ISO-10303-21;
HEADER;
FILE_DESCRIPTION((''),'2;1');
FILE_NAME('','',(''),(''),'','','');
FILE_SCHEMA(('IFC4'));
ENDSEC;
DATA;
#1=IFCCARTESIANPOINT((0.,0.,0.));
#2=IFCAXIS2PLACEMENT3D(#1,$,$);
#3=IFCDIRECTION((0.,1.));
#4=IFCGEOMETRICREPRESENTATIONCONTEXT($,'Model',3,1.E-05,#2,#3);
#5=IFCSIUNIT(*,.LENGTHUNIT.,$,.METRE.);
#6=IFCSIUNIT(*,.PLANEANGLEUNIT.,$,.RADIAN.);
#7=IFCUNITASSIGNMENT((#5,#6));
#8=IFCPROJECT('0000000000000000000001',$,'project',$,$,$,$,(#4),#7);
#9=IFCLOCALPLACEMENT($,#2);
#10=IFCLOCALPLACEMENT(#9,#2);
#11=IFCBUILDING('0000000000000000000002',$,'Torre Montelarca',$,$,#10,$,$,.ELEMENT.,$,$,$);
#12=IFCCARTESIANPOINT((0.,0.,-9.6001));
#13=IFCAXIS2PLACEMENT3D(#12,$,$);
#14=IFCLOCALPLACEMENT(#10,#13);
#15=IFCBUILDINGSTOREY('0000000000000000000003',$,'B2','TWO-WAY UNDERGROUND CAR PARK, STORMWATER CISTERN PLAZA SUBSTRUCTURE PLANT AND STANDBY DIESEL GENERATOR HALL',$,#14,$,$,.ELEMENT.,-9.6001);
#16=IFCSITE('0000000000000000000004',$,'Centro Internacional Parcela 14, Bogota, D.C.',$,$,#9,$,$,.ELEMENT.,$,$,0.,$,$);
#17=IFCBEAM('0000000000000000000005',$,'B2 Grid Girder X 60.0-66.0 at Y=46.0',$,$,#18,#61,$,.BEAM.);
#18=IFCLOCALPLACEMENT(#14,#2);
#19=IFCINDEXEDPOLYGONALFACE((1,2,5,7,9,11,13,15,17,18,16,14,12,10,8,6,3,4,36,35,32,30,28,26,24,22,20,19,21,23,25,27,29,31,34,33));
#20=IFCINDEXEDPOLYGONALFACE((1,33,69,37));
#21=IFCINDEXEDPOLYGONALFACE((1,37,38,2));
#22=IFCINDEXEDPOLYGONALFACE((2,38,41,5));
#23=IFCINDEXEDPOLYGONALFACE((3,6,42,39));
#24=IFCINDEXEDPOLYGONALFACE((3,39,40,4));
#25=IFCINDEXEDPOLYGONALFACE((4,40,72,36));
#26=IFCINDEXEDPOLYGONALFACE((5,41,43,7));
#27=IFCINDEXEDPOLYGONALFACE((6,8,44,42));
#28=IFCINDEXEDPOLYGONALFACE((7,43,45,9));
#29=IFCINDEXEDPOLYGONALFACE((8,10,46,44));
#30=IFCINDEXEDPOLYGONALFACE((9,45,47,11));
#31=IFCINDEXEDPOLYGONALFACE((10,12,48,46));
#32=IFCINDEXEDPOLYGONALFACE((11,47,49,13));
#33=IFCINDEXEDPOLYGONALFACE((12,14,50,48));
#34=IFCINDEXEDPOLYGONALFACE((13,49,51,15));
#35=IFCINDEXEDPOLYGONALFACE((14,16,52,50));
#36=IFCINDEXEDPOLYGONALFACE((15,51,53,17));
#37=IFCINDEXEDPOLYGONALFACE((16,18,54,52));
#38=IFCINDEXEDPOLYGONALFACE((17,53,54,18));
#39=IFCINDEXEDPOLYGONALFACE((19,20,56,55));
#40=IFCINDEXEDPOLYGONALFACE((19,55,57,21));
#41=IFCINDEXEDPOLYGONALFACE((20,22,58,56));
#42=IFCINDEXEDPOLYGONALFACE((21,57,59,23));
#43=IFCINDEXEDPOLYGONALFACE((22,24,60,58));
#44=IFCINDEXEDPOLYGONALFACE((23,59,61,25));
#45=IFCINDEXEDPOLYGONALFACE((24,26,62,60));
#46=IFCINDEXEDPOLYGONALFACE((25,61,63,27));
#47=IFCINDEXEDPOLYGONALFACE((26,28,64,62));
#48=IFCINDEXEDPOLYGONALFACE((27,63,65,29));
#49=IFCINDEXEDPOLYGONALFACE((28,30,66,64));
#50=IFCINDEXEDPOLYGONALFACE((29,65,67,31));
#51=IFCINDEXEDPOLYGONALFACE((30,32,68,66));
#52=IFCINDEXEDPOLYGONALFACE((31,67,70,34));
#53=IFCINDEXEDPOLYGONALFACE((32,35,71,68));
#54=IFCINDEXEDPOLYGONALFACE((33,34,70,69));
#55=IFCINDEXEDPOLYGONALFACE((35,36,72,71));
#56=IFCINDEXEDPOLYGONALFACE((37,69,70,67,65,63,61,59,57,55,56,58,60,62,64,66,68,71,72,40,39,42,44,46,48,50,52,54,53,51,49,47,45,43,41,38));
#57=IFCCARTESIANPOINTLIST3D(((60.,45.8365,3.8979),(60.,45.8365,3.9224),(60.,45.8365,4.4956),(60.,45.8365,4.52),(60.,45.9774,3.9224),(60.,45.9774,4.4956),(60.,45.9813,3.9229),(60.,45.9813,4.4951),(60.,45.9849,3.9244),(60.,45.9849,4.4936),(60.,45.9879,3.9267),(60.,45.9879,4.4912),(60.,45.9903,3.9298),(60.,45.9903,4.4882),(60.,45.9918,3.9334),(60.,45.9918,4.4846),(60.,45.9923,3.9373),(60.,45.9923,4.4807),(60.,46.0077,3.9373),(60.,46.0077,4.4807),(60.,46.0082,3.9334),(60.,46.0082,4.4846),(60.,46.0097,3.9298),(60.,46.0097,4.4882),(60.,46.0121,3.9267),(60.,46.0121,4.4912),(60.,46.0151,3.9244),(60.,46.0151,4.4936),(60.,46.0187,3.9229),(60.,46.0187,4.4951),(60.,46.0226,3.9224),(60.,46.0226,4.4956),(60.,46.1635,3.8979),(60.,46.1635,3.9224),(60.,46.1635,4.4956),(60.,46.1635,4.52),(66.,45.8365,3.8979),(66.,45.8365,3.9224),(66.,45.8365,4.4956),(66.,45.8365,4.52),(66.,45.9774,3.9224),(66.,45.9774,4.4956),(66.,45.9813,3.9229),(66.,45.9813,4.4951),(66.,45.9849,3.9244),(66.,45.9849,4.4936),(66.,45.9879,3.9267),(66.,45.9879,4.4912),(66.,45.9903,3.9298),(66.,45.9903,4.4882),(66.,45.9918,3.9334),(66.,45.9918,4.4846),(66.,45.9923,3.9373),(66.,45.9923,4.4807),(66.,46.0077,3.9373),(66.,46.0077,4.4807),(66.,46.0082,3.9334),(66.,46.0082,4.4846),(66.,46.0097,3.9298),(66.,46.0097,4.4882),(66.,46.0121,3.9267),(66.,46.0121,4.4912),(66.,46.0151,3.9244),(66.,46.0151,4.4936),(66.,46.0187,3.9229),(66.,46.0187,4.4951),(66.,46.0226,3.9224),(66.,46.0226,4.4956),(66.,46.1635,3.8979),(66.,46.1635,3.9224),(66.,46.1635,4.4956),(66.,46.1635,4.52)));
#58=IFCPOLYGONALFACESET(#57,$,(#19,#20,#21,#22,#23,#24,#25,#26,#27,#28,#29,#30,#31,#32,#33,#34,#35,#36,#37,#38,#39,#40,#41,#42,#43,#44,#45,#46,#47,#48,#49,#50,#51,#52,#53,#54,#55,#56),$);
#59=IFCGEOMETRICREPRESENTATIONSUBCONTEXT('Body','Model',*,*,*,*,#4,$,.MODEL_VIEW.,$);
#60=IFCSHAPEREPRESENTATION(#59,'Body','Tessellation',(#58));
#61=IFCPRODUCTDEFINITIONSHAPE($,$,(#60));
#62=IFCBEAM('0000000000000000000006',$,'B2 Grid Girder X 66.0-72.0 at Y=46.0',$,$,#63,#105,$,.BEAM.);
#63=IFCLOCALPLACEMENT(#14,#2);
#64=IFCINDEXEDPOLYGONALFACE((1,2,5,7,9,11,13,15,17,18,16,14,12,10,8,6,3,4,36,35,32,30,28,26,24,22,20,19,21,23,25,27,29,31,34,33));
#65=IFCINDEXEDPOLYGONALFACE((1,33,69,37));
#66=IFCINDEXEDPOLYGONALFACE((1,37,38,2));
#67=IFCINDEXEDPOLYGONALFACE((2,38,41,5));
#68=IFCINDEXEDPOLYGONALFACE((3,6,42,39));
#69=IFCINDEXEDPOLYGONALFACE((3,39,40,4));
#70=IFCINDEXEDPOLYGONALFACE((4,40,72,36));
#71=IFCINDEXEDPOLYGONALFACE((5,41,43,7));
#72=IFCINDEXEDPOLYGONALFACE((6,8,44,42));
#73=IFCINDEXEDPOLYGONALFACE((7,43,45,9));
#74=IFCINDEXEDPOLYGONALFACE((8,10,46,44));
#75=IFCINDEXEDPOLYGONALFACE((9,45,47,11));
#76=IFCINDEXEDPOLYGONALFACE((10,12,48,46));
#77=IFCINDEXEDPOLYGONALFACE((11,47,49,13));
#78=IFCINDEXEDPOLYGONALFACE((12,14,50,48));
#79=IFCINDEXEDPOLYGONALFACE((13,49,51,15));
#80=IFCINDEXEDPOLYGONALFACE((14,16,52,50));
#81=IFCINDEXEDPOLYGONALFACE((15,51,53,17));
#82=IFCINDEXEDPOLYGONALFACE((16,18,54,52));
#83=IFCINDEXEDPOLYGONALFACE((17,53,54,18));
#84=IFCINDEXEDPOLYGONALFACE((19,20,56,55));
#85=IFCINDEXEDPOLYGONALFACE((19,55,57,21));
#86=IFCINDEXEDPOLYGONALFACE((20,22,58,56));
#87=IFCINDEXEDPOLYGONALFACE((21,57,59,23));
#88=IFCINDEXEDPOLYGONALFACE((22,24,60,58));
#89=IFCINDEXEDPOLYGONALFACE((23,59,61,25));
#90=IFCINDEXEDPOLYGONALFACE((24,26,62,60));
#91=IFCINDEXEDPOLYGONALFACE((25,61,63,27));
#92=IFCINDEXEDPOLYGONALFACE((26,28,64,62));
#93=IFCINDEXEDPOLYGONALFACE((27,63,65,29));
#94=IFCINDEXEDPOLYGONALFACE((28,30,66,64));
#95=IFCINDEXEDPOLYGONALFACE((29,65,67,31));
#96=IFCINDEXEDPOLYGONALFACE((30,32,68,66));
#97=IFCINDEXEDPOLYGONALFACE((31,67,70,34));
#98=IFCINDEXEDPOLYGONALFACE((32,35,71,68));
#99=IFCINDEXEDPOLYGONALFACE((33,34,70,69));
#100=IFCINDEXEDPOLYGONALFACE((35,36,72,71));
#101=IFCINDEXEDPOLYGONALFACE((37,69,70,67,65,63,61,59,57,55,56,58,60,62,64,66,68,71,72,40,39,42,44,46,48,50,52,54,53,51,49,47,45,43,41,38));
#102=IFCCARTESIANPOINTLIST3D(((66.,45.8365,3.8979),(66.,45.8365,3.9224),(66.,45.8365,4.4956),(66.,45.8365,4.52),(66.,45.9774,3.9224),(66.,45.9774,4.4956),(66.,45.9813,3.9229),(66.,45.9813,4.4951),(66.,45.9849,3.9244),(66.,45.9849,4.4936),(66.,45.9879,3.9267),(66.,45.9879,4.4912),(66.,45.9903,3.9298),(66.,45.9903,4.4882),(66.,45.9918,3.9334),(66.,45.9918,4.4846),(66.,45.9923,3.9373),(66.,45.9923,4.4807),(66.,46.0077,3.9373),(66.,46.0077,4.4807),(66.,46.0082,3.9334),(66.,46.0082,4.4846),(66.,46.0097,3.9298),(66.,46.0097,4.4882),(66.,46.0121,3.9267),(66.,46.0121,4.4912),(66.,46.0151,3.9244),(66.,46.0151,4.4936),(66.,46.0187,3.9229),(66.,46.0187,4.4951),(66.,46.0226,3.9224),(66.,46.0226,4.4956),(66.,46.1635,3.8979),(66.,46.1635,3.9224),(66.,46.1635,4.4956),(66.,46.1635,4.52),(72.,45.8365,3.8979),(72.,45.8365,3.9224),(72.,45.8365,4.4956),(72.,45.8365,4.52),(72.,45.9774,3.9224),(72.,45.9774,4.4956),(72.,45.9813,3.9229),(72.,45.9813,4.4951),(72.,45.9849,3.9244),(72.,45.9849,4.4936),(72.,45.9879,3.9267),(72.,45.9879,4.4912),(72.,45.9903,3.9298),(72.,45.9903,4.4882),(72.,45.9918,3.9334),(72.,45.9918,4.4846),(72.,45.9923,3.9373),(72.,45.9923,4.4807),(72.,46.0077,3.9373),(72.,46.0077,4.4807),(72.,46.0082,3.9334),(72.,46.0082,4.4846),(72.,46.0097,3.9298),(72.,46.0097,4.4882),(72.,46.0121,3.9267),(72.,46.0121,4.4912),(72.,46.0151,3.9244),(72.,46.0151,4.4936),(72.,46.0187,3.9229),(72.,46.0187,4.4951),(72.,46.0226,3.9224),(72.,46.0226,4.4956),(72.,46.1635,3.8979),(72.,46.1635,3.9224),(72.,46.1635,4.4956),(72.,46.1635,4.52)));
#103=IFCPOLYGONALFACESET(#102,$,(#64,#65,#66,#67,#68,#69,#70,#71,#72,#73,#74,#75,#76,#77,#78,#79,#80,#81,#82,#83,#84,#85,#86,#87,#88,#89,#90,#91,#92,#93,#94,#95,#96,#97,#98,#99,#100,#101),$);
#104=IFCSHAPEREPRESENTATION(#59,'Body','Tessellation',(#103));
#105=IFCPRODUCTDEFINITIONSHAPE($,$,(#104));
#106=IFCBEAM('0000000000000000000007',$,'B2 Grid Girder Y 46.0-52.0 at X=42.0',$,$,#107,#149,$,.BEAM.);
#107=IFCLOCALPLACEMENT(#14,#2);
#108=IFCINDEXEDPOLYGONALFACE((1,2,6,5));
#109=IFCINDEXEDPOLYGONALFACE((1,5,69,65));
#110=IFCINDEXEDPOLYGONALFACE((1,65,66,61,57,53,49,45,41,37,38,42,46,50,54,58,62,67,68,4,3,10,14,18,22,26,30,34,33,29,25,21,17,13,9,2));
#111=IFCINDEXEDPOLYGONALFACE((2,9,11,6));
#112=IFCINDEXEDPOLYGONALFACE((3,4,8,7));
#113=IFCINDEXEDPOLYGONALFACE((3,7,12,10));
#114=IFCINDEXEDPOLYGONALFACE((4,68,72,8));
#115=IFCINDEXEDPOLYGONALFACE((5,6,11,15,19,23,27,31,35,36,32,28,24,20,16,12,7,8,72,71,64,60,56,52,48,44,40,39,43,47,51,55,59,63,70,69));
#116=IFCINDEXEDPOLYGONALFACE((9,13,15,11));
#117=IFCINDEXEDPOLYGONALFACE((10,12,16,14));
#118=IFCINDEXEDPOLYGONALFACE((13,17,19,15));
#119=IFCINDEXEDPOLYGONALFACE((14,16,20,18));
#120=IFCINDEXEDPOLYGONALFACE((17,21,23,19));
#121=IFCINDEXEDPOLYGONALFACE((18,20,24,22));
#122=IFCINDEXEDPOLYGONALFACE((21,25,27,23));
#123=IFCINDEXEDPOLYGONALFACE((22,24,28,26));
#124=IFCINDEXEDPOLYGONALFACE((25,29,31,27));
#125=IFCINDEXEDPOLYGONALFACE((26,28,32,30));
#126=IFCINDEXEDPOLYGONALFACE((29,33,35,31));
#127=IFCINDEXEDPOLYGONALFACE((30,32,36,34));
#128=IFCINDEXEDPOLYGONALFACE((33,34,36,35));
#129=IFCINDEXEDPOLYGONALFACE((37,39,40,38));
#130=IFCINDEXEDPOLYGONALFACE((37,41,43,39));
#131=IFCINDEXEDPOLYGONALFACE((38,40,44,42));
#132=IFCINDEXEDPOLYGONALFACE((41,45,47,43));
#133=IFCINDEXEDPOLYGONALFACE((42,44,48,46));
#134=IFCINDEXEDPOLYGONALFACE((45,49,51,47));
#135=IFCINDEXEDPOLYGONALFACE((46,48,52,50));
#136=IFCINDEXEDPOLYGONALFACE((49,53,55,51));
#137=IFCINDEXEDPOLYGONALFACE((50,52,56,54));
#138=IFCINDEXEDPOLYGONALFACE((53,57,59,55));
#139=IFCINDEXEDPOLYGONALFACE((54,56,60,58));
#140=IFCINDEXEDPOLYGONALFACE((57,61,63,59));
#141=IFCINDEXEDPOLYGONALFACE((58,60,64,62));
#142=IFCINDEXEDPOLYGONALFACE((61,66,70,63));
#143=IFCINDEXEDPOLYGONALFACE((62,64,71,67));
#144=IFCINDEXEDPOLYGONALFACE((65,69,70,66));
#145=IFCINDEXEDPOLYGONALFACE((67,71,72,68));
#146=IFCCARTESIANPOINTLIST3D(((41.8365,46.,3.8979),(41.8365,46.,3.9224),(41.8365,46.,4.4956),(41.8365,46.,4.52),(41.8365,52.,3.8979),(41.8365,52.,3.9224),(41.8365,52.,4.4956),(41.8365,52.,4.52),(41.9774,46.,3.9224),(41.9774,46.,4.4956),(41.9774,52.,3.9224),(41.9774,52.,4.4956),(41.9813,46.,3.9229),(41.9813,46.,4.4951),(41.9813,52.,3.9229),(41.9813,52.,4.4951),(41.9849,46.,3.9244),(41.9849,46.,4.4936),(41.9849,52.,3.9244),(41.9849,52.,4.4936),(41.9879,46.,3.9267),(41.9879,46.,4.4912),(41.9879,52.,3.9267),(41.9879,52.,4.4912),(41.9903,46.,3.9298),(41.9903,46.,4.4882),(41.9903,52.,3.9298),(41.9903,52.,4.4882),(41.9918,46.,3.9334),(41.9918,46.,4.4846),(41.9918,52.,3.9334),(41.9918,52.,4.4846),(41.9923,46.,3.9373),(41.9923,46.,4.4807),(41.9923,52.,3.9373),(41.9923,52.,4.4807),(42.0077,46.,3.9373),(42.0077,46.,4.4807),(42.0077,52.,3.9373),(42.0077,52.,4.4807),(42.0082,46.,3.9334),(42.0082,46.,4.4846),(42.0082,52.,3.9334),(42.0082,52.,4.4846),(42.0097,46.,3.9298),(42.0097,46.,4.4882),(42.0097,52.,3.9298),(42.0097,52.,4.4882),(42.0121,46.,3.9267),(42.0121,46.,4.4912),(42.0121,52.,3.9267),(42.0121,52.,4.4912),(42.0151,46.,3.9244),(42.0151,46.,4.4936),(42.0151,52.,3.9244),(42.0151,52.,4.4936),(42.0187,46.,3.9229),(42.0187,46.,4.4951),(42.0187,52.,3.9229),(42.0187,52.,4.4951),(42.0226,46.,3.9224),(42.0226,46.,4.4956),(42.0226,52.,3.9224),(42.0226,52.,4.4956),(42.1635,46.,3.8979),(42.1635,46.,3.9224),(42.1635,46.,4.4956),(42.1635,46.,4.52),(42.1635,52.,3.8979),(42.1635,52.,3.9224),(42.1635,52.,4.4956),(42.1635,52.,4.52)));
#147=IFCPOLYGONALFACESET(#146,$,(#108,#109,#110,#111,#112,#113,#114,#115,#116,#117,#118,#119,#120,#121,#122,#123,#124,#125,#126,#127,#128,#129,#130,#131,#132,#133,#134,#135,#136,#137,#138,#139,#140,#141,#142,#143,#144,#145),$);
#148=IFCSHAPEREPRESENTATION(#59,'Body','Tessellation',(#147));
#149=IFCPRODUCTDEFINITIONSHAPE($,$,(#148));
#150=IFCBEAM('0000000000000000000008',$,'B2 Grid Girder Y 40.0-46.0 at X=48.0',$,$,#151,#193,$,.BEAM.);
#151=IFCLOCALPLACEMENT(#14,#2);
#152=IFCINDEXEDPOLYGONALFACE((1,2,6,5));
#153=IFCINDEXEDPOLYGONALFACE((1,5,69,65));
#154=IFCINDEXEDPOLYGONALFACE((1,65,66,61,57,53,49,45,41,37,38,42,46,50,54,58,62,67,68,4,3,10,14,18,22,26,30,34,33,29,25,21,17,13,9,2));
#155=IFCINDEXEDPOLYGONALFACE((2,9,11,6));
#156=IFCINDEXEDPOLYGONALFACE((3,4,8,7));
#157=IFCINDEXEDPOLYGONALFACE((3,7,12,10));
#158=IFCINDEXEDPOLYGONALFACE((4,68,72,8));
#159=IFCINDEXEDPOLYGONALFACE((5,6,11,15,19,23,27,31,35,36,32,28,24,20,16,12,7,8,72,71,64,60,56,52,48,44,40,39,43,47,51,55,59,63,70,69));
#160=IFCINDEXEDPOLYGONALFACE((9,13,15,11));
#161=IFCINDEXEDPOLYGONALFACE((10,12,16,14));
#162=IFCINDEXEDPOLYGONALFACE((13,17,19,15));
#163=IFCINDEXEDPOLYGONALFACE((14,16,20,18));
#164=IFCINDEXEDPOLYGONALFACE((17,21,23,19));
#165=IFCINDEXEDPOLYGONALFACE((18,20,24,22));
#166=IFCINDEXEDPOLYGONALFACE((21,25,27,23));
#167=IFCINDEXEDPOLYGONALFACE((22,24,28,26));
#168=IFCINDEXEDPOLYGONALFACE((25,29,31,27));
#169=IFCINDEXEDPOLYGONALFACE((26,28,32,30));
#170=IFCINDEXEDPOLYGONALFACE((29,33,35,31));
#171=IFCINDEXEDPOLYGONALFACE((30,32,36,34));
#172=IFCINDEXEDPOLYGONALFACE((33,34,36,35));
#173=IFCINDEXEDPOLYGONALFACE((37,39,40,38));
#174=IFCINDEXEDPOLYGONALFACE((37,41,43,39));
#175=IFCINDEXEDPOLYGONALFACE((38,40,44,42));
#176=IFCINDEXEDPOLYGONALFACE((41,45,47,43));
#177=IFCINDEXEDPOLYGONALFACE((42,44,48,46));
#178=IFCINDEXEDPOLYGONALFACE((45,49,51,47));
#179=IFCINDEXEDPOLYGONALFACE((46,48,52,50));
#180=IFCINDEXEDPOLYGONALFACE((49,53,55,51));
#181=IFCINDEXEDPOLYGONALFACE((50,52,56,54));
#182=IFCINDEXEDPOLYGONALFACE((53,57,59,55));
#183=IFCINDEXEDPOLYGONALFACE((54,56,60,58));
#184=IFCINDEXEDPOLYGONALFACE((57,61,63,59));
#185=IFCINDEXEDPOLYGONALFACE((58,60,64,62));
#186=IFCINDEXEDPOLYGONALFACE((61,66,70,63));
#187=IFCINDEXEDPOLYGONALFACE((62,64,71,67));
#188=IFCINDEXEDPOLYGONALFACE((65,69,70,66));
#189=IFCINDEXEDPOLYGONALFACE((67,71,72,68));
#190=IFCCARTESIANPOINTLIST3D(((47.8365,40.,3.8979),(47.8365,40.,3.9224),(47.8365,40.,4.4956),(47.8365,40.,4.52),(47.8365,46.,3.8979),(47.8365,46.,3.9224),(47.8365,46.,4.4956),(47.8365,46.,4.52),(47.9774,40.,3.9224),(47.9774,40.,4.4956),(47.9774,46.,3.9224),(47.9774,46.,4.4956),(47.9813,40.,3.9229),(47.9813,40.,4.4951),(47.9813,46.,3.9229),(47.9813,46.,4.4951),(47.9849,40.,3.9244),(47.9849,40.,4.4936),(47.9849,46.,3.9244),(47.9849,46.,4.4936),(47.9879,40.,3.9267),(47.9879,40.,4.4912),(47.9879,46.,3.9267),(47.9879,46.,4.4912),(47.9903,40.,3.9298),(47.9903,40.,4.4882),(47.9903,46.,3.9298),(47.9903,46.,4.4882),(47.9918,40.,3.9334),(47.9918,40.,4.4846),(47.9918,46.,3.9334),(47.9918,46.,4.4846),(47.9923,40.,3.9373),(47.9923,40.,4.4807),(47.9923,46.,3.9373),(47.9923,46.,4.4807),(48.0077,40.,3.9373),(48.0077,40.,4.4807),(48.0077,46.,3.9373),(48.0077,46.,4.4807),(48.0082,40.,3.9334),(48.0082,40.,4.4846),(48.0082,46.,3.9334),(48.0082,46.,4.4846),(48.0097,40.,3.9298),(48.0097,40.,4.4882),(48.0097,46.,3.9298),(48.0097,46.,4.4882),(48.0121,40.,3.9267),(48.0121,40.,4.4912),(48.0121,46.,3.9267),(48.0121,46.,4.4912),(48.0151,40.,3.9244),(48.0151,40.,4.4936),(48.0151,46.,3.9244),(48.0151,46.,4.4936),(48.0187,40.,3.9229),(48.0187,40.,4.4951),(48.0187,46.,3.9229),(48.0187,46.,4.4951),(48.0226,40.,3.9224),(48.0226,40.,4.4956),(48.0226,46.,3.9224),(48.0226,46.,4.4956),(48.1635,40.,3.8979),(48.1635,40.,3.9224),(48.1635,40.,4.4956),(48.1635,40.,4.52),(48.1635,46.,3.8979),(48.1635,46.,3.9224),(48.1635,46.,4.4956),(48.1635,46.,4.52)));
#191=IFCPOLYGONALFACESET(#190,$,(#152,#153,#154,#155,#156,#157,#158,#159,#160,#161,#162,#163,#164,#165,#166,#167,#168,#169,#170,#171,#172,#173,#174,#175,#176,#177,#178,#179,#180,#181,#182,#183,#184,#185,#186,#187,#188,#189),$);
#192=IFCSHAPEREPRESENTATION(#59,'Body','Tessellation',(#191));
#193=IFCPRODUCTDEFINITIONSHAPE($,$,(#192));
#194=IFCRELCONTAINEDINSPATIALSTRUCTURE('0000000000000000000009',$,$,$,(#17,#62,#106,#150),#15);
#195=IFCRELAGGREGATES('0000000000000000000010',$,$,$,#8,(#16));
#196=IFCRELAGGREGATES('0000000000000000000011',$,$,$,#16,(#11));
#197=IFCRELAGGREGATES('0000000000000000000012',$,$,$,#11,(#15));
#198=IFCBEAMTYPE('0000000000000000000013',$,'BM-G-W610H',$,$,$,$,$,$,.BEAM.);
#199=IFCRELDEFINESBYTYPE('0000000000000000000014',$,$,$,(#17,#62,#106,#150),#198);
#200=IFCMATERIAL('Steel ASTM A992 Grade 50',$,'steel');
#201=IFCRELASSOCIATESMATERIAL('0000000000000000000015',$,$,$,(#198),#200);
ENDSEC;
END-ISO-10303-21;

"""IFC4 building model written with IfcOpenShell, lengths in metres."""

from ifc_helpers import new_model, si_unit, direction, frame, origin, origin_2d, place, context, subcontext, project, spatial, i_section, extrude, source, transform, mapped, material, material_profile, profile_set, type_object, element, save


model = new_model("IFC4")

# Units and contexts
model_context = context("Model", 3, precision=1e-05, world=origin(), true_north=direction((0.0, 1.0)))
body_context = subcontext(model_context, "Body", "Model", "MODEL_VIEW")
ifc_project = project(units=[si_unit("LENGTHUNIT", "METRE"), si_unit("PLANEANGLEUNIT", "RADIAN")], contexts=[model_context])

# Site, building, storey
site_placement = place(None, origin())
site = spatial("IfcSite", under=ifc_project, at=site_placement, Name="Centro Internacional Parcela 14, Bogota, D.C.", CompositionType="ELEMENT", RefElevation=0.0)
building_placement = place(site_placement, origin())
building = spatial("IfcBuilding", under=site, at=building_placement, Name="Torre Montelarca", CompositionType="ELEMENT")
storey_placement = place(building_placement, frame((0.0, 0.0, -9.6001)))
storey = spatial("IfcBuildingStorey", under=building, at=storey_placement, Name="B2", Description="TWO-WAY UNDERGROUND CAR PARK, STORMWATER CISTERN PLAZA SUBSTRUCTURE PLANT AND STANDBY DIESEL GENERATOR HALL", CompositionType="ELEMENT", Elevation=-9.6001)

# Beams
ifc_material_1 = material(Name="Steel ASTM A992 Grade 50", Category="steel")
ifc_material_profile_1 = material_profile(ifc_material_1, i_section(OverallWidth=0.3269, OverallDepth=0.6221, WebThickness=0.0154, FlangeThickness=0.0244, FilletRadius=0.0149, at=origin_2d()), Name="W610X195", Category="steel")
ifc_profile_set_1 = profile_set([ifc_material_profile_1], Name="Steel ASTM A992 Grade 50")
beam_type = type_object("IfcBeamType", Name="BM-G-W610H", PredefinedType="BEAM", material=ifc_profile_set_1)
shared_shape_1 = source(origin(), body_context, "Body", "SweptSolid", [
    extrude(i_section(OverallWidth=0.3269, OverallDepth=0.6221, WebThickness=0.0154, FlangeThickness=0.0244, FilletRadius=0.0149, at=origin_2d()), origin(), (0.0, 0.0, 1.0), 6.0),
])
for number, where, z_axis, x_axis, name in (
    (1, (60.0, 46.0, 4.209), (1.0, 0.0, 0.0), (0.0, 1.0, 0.0), "B2 Grid Girder X 60.0-66.0 at Y=46.0"),
    (2, (66.0, 46.0, 4.209), (1.0, 0.0, 0.0), (0.0, 1.0, 0.0), "B2 Grid Girder X 66.0-72.0 at Y=46.0"),
    (3, (42.0, 46.0, 4.209), (0.0, 1.0, 0.0), (-1.0, 0.0, 0.0), "B2 Grid Girder Y 46.0-52.0 at X=42.0"),
    (4, (48.0, 40.0, 4.209), (0.0, 1.0, 0.0), (-1.0, 0.0, 0.0), "B2 Grid Girder Y 40.0-46.0 at X=48.0"),
):
    element("IfcBeam", number, at=place(storey_placement, frame(where, z_axis=z_axis, x_axis=x_axis)), inside=storey, type_object=beam_type, Name=name, PredefinedType="BEAM", context=body_context, shape_type="MappedRepresentation", body=[
        mapped(shared_shape_1, transform((0.0, 0.0, 0.0), scale=1.0)),
    ])

save(model, "model.ifc")
